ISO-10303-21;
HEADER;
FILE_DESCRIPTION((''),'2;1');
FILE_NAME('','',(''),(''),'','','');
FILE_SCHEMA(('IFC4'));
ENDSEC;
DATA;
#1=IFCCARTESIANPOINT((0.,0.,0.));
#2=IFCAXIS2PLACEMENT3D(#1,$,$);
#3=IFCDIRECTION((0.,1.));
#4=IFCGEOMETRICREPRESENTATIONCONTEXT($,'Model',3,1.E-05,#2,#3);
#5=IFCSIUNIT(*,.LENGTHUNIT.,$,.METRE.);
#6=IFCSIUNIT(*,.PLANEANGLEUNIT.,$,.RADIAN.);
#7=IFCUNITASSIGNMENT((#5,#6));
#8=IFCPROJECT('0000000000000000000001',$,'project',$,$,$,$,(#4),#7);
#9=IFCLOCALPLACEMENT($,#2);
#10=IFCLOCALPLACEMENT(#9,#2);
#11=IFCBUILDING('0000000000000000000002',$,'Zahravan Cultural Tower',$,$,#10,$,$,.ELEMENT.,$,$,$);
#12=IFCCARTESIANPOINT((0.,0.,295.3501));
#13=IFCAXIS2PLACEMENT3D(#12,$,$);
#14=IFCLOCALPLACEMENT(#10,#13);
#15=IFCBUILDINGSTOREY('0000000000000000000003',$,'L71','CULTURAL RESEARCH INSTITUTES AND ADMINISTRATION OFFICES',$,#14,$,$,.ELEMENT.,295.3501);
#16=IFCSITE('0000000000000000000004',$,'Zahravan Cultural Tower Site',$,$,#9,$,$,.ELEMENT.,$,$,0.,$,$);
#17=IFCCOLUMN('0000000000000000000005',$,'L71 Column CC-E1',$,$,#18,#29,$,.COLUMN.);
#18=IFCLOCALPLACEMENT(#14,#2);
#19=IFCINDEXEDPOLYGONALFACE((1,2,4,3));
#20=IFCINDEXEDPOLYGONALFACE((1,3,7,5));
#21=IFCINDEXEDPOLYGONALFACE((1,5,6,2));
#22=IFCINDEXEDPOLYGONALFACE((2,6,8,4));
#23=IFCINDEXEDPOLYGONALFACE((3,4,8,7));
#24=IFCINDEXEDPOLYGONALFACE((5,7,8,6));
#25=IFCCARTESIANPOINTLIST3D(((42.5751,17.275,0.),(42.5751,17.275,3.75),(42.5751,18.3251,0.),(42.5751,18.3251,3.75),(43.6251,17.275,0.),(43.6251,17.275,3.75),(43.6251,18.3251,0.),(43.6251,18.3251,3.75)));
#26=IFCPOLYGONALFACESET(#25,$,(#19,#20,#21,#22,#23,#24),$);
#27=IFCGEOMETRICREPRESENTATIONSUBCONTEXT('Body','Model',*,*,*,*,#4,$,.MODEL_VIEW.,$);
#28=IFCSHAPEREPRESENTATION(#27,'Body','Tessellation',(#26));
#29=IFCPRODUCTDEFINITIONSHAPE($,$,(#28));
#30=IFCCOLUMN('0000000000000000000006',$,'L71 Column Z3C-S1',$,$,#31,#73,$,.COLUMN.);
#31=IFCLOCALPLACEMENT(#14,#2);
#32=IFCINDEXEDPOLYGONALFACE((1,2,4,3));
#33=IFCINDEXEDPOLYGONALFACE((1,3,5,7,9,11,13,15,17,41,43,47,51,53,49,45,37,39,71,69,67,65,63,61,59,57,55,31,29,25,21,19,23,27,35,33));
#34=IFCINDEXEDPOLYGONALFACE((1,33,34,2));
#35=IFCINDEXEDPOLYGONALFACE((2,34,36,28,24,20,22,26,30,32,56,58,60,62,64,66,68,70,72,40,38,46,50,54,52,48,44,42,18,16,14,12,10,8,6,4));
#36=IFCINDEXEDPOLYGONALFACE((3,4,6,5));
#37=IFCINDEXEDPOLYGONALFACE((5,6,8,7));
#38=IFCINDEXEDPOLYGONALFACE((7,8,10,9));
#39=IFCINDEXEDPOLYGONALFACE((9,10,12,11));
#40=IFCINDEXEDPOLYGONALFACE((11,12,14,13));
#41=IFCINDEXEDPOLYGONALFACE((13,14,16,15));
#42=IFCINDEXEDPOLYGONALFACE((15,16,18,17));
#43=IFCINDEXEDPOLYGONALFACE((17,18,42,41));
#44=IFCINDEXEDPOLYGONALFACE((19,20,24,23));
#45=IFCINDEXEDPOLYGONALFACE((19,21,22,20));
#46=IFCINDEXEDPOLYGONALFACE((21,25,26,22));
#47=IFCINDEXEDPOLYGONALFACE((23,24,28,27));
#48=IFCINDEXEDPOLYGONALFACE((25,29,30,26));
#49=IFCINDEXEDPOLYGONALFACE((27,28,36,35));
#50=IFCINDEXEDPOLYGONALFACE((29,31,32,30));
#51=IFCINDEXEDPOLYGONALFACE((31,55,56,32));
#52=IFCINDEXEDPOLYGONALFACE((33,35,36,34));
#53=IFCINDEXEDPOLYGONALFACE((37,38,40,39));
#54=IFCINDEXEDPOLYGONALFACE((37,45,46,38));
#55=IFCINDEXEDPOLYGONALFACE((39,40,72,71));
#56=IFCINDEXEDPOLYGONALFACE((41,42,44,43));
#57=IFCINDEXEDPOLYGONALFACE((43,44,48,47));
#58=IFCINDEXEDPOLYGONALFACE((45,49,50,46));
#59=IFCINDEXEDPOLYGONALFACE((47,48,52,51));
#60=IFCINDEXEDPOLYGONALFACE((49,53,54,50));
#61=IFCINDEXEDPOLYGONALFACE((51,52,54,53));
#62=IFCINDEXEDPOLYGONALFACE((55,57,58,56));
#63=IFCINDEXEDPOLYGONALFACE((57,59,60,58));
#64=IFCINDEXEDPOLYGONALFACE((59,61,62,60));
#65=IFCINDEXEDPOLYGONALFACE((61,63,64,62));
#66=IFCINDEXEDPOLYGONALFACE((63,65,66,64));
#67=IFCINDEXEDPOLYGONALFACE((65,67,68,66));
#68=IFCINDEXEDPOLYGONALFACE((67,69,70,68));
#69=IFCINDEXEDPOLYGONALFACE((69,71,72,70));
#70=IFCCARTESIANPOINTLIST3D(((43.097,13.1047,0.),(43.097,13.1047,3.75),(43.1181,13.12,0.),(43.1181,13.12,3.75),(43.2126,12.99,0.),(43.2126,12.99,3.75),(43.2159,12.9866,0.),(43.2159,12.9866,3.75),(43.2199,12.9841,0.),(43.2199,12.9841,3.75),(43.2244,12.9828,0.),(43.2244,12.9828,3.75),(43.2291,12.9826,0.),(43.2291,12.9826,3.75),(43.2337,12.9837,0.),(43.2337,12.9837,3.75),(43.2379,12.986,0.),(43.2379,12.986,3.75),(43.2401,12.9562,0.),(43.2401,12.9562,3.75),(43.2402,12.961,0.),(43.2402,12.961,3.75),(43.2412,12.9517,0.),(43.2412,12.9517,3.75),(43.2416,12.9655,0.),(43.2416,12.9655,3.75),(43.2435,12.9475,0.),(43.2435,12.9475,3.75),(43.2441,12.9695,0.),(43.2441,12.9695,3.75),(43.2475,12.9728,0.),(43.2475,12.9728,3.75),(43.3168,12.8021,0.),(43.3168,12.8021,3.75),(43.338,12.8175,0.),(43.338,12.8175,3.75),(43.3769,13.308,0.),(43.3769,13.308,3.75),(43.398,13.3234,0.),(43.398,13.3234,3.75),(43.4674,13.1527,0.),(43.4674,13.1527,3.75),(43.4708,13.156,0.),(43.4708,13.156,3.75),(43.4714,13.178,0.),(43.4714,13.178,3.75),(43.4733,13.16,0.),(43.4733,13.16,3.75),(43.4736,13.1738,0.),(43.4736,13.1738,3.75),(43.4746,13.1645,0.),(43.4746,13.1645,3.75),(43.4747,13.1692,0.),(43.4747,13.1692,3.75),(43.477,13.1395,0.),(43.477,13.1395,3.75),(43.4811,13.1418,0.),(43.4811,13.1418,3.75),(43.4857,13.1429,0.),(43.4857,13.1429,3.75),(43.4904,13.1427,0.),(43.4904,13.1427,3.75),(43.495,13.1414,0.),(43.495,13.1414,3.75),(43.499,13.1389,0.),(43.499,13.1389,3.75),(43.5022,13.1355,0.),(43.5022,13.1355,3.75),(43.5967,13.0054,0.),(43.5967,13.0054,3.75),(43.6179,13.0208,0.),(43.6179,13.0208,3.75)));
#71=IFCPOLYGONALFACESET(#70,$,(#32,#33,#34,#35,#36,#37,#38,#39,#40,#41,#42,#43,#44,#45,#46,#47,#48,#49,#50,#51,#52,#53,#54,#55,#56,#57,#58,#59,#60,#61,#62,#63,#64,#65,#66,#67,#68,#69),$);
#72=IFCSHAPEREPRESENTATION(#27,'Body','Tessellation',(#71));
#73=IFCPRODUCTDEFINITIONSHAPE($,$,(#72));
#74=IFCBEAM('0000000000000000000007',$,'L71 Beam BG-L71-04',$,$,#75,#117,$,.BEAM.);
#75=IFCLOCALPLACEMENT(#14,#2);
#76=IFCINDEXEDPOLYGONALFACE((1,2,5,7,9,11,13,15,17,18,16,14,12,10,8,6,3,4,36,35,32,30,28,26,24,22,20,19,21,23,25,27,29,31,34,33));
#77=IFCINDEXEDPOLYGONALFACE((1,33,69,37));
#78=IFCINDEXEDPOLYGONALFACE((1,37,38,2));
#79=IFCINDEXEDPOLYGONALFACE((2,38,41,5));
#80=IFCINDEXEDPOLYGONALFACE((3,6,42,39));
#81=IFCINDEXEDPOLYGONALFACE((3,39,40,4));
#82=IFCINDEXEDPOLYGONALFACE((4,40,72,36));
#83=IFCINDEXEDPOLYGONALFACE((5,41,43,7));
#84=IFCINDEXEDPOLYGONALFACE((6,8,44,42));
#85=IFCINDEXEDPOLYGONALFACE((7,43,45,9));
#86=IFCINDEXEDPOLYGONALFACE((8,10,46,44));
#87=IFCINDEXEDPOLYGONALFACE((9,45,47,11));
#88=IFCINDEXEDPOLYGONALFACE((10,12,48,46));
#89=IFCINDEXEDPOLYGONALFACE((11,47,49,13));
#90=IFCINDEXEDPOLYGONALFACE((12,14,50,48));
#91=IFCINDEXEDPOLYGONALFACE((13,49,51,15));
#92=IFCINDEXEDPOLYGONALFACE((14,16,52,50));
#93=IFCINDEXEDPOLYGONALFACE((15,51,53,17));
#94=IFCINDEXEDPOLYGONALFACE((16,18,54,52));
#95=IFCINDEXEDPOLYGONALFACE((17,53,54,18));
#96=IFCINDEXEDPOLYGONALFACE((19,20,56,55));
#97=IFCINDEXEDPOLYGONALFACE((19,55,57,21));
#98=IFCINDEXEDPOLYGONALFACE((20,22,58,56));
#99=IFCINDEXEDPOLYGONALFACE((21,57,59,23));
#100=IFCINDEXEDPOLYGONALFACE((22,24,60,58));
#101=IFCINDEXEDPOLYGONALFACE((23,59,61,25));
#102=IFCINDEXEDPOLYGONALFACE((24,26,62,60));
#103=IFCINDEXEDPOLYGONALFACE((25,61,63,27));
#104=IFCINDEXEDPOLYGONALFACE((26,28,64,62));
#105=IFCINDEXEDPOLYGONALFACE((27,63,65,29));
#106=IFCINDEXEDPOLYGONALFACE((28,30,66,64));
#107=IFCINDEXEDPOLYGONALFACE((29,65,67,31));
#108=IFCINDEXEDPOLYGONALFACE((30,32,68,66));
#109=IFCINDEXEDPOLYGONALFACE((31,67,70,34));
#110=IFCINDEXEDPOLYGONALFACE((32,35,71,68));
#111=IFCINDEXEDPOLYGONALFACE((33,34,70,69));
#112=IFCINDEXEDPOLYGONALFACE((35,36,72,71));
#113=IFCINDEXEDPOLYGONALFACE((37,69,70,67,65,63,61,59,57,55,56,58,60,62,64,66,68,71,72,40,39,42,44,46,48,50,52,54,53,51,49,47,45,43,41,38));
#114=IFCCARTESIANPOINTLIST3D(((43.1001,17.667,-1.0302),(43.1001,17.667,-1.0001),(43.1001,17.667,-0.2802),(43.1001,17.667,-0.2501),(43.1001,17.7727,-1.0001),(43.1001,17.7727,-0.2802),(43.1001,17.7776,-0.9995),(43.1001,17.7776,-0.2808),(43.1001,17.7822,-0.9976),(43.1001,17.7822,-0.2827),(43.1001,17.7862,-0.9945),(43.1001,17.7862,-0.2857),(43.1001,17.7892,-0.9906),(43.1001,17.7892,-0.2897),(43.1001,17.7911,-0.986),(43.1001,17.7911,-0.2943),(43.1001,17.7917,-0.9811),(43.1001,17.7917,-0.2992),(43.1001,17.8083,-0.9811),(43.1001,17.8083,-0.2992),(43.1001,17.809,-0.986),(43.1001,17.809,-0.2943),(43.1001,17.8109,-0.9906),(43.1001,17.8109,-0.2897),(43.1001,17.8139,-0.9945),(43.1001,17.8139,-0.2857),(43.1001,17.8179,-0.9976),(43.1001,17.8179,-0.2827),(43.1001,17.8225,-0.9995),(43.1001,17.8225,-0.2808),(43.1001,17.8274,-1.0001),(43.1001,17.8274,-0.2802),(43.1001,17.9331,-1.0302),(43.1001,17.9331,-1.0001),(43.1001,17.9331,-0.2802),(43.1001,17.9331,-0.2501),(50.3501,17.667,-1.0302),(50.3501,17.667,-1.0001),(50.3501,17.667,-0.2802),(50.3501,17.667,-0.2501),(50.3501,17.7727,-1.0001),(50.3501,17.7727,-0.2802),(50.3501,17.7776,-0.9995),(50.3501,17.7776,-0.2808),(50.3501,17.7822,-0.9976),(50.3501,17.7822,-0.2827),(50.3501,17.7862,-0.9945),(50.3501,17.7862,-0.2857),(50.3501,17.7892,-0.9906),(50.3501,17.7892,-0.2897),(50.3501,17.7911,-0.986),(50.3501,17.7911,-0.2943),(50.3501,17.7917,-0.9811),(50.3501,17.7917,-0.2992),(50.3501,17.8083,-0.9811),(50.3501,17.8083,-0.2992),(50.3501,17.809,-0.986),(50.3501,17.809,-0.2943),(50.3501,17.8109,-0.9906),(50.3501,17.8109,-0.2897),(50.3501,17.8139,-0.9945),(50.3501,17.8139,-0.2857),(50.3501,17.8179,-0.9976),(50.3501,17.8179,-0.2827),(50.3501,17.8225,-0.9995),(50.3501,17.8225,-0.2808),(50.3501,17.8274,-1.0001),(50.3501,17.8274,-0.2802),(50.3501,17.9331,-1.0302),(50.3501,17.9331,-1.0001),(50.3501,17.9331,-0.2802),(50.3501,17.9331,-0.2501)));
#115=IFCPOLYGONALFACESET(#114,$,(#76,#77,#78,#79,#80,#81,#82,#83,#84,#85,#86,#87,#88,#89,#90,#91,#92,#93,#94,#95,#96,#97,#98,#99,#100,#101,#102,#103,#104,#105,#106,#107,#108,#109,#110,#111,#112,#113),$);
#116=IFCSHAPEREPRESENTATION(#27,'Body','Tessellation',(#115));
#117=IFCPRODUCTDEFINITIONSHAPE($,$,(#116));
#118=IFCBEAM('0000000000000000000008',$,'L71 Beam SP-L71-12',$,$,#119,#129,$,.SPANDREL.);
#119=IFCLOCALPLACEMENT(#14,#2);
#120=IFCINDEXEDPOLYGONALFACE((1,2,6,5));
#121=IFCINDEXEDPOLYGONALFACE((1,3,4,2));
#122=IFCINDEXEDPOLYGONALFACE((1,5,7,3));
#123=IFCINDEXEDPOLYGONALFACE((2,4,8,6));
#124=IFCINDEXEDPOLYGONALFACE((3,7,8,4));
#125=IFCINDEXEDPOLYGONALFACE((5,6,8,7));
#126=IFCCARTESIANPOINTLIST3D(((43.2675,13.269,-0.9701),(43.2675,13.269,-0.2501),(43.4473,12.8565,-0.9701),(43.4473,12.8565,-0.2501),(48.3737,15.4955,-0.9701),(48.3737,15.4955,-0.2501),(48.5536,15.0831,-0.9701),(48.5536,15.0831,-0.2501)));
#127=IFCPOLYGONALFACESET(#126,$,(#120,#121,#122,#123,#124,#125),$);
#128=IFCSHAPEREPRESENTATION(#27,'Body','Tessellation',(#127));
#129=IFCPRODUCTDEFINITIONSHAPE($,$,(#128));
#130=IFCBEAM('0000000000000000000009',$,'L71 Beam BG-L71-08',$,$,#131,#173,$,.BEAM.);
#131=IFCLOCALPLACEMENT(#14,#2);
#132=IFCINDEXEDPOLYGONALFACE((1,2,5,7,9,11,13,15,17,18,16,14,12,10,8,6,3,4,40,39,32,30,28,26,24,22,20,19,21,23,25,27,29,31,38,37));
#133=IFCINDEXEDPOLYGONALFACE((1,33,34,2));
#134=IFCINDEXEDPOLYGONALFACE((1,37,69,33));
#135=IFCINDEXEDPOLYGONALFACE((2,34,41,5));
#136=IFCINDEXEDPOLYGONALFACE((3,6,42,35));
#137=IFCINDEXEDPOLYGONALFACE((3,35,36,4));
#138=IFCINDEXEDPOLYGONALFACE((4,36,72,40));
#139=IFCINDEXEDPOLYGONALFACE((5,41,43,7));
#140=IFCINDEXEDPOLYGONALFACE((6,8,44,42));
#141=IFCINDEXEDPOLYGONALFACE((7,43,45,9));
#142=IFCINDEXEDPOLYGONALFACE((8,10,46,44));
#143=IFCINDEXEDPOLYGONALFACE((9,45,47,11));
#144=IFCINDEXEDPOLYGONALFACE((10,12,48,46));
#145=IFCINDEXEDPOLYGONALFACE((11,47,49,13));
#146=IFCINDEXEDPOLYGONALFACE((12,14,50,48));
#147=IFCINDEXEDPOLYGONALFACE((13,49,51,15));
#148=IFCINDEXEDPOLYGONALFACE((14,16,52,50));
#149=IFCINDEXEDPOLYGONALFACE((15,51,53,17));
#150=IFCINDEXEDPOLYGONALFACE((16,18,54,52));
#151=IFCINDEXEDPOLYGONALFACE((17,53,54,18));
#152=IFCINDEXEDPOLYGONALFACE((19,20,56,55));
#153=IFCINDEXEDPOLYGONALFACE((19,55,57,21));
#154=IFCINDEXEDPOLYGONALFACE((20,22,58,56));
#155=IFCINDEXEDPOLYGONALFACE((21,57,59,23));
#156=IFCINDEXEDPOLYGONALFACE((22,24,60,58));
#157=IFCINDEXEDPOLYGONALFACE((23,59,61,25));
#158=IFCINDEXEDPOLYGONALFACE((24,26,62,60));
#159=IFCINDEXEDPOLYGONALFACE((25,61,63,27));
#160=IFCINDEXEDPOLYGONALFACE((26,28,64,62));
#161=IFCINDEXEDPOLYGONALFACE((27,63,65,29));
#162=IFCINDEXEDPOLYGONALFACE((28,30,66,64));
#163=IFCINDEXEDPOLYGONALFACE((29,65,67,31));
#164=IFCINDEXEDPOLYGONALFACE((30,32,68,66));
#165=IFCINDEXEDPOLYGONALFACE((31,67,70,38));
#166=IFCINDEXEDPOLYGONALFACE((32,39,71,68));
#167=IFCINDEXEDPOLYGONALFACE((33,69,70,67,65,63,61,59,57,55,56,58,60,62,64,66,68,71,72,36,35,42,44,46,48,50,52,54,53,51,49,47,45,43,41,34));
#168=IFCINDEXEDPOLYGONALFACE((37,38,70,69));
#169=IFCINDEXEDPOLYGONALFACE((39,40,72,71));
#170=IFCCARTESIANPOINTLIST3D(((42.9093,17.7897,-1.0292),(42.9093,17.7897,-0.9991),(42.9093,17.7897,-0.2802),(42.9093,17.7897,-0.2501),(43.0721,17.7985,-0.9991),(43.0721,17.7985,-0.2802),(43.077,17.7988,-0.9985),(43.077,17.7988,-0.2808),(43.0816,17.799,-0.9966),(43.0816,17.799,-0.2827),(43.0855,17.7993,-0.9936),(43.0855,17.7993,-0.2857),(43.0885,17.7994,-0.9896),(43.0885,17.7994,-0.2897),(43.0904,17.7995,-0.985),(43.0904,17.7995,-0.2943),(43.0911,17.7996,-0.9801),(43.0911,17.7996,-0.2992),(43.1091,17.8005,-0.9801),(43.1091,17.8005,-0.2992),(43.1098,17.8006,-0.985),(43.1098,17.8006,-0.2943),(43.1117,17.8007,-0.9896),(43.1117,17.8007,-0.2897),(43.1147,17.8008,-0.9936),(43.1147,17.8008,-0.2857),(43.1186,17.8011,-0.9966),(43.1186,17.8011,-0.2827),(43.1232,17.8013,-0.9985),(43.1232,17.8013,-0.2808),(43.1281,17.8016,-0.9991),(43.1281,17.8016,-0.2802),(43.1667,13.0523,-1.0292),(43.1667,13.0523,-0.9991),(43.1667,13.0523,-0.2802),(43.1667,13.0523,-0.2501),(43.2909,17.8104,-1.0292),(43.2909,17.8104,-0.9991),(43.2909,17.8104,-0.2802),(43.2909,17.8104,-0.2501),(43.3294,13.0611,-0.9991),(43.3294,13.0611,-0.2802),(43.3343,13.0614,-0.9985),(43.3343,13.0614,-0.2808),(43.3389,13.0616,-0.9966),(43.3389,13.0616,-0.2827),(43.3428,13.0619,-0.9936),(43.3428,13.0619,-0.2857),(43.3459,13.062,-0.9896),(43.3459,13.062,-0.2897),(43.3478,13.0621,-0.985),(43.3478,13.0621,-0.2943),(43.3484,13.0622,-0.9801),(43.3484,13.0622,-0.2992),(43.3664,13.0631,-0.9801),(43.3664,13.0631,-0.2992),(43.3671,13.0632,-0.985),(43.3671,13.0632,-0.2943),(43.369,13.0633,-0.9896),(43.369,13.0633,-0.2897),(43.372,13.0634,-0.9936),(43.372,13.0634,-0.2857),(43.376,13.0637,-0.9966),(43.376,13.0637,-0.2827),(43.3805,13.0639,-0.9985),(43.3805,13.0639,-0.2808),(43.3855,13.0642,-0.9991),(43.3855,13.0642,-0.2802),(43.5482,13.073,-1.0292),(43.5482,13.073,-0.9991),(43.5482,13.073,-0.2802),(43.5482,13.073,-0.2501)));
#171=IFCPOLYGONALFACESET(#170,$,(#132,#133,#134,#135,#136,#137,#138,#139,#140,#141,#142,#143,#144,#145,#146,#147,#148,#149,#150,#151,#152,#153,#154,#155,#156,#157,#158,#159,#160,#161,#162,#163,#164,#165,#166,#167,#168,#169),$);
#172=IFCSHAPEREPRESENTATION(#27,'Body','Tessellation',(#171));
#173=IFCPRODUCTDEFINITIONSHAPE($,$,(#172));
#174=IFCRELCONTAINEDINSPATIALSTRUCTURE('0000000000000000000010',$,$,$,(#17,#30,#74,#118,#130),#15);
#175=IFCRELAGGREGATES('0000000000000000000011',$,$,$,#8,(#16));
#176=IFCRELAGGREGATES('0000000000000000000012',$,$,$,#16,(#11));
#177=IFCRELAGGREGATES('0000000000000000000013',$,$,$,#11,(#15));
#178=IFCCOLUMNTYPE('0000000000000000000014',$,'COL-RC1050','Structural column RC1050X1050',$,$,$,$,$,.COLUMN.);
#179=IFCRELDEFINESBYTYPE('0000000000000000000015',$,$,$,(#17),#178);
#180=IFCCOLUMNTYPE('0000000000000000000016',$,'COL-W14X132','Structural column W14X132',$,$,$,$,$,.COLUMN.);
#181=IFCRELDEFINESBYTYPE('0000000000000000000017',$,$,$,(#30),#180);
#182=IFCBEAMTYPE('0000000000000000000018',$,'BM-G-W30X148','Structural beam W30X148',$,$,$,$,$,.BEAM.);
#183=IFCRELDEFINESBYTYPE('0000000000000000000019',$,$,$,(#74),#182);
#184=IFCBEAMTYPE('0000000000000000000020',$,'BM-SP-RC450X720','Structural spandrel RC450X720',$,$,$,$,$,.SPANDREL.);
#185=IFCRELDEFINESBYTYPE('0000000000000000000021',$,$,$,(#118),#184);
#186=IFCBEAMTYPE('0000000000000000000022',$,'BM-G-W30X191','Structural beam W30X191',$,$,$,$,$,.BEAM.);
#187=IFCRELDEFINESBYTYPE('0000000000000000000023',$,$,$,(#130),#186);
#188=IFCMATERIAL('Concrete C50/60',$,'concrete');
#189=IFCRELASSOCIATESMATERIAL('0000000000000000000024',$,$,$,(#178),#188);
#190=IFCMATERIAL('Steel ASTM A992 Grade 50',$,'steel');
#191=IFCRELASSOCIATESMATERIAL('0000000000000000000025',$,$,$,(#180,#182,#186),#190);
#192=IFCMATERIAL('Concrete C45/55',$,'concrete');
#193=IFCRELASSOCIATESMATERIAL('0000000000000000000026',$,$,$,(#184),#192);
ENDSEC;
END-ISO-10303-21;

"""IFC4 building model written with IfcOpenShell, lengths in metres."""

from ifc_helpers import new_model, si_unit, direction, frame, origin, origin_2d, place, context, subcontext, project, spatial, rectangle, i_section, extrude, source, transform, mapped, material, material_profile, profile_set, type_object, element, save


model = new_model("IFC4")

# Units and contexts
model_context = context("Model", 3, precision=1e-05, world=origin(), true_north=direction((0.0, 1.0)))
body_context = subcontext(model_context, "Body", "Model", "MODEL_VIEW")
ifc_project = project(units=[si_unit("LENGTHUNIT", "METRE"), si_unit("PLANEANGLEUNIT", "RADIAN")], contexts=[model_context])

# Site, building, storey
site_placement = place(None, origin())
site = spatial("IfcSite", under=ifc_project, at=site_placement, Name="Zahravan Cultural Tower Site", CompositionType="ELEMENT", RefElevation=0.0)
building_placement = place(site_placement, origin())
building = spatial("IfcBuilding", under=site, at=building_placement, Name="Zahravan Cultural Tower", CompositionType="ELEMENT")
storey_placement = place(building_placement, frame((0.0, 0.0, 295.3501)))
storey = spatial("IfcBuildingStorey", under=building, at=storey_placement, Name="L71", Description="CULTURAL RESEARCH INSTITUTES AND ADMINISTRATION OFFICES", CompositionType="ELEMENT", Elevation=295.3501)

# Columns
ifc_material_1 = material(Name="Concrete C50/60", Category="concrete")
ifc_material_profile_1 = material_profile(ifc_material_1, rectangle(XDim=1.05, YDim=1.05, at=origin_2d()), Name="RC1050X1050")
ifc_profile_set_1 = profile_set([ifc_material_profile_1], Name="Concrete C50/60")
column_type_1 = type_object("IfcColumnType", Name="COL-RC1050", Description="Structural column RC1050X1050", PredefinedType="COLUMN", material=ifc_profile_set_1)
shared_shape_1 = source(origin(), body_context, "Body", "SweptSolid", [
    extrude(rectangle(XDim=1.05, YDim=1.05, at=origin_2d()), origin(), (0.0, 0.0, 1.0), 3.75),
])
column_1_placement = place(storey_placement, frame((43.1001, 17.8, 0.0), z_axis=(0.0, 0.0, 1.0), x_axis=(1.0, 0.0, 0.0)))
element("IfcColumn", 1, at=column_1_placement, inside=storey, type_object=column_type_1, Name="L71 Column CC-E1", PredefinedType="COLUMN", context=body_context, shape_type="MappedRepresentation", body=[
    mapped(shared_shape_1, transform((0.0, 0.0, 0.0), x_axis=(1.0, 0.0, 0.0), y_axis=(0.0, 1.0, 0.0), z_axis=(0.0, 0.0, 1.0), scale=1.0)),
])
ifc_material_2 = material(Name="Steel ASTM A992 Grade 50", Category="steel")
ifc_material_profile_2 = material_profile(ifc_material_2, i_section(OverallWidth=0.374, OverallDepth=0.3721, WebThickness=0.0164, FlangeThickness=0.0261, FilletRadius=0.0181, at=origin_2d()), Name="W14X132")
ifc_profile_set_2 = profile_set([ifc_material_profile_2], Name="Steel ASTM A992 Grade 50")
column_type_2 = type_object("IfcColumnType", Name="COL-W14X132", Description="Structural column W14X132", PredefinedType="COLUMN", material=ifc_profile_set_2)
shared_shape_2 = source(origin(), body_context, "Body", "SweptSolid", [
    extrude(i_section(OverallWidth=0.374, OverallDepth=0.3721, WebThickness=0.0164, FlangeThickness=0.0261, FilletRadius=0.0181, at=origin_2d()), origin(), (0.0, 0.0, 1.0), 3.75),
])
column_2_placement = place(storey_placement, frame((43.3574, 13.0627, 0.0), z_axis=(0.0, 0.0, 1.0), x_axis=(-0.587785, 0.809017, 0.0)))
element("IfcColumn", 2, at=column_2_placement, inside=storey, type_object=column_type_2, Name="L71 Column Z3C-S1", PredefinedType="COLUMN", context=body_context, shape_type="MappedRepresentation", body=[
    mapped(shared_shape_2, transform((0.0, 0.0, 0.0), x_axis=(1.0, 0.0, 0.0), y_axis=(0.0, 1.0, 0.0), z_axis=(0.0, 0.0, 1.0), scale=1.0)),
])

# Beams
ifc_material_profile_3 = material_profile(ifc_material_2, i_section(OverallWidth=0.2661, OverallDepth=0.78, WebThickness=0.0166, FlangeThickness=0.03, FilletRadius=0.019, at=origin_2d()), Name="W30X148")
ifc_profile_set_3 = profile_set([ifc_material_profile_3], Name="Steel ASTM A992 Grade 50")
beam_type_1 = type_object("IfcBeamType", Name="BM-G-W30X148", Description="Structural beam W30X148", PredefinedType="BEAM", material=ifc_profile_set_3)
shared_shape_3 = source(origin(), body_context, "Body", "SweptSolid", [
    extrude(i_section(OverallWidth=0.2661, OverallDepth=0.78, WebThickness=0.0166, FlangeThickness=0.03, FilletRadius=0.019, at=origin_2d()), origin(), (0.0, 0.0, 1.0), 7.25),
])
beam_1_placement = place(storey_placement, frame((43.1001, 17.8, -0.6401), z_axis=(1.0, 0.0, 0.0), x_axis=(0.0, 1.0, 0.0)))
element("IfcBeam", 3, at=beam_1_placement, inside=storey, type_object=beam_type_1, Name="L71 Beam BG-L71-04", PredefinedType="BEAM", context=body_context, shape_type="MappedRepresentation", body=[
    mapped(shared_shape_3, transform((0.0, 0.0, 0.0), x_axis=(1.0, 0.0, 0.0), y_axis=(0.0, 1.0, 0.0), z_axis=(0.0, 0.0, 1.0), scale=1.0)),
])
ifc_material_3 = material(Name="Concrete C45/55", Category="concrete")
ifc_material_profile_4 = material_profile(ifc_material_3, rectangle(XDim=0.45, YDim=0.72, at=origin_2d()), Name="RC450X720")
ifc_profile_set_4 = profile_set([ifc_material_profile_4], Name="Concrete C45/55")
beam_type_2 = type_object("IfcBeamType", Name="BM-SP-RC450X720", Description="Structural spandrel RC450X720", PredefinedType="SPANDREL", material=ifc_profile_set_4)
shared_shape_4 = source(origin(), body_context, "Body", "SweptSolid", [
    extrude(rectangle(XDim=0.45, YDim=0.72, at=origin_2d()), origin(), (0.0, 0.0, 1.0), 5.5706),
])
beam_2_placement = place(storey_placement, frame((43.3574, 13.0627, -0.6101), z_axis=(0.916645, 0.399703, 0.0), x_axis=(-0.399703, 0.916645, 0.0)))
element("IfcBeam", 4, at=beam_2_placement, inside=storey, type_object=beam_type_2, Name="L71 Beam SP-L71-12", PredefinedType="SPANDREL", context=body_context, shape_type="MappedRepresentation", body=[
    mapped(shared_shape_4, transform((0.0, 0.0, 0.0), x_axis=(1.0, 0.0, 0.0), y_axis=(0.0, 1.0, 0.0), z_axis=(0.0, 0.0, 1.0), scale=1.0)),
])
ifc_material_profile_5 = material_profile(ifc_material_2, i_section(OverallWidth=0.3821, OverallDepth=0.7791, WebThickness=0.0181, FlangeThickness=0.03, FilletRadius=0.019, at=origin_2d()), Name="W30X191")
ifc_profile_set_5 = profile_set([ifc_material_profile_5], Name="Steel ASTM A992 Grade 50")
beam_type_3 = type_object("IfcBeamType", Name="BM-G-W30X191", Description="Structural beam W30X191", PredefinedType="BEAM", material=ifc_profile_set_5)
shared_shape_5 = source(origin(), body_context, "Body", "SweptSolid", [
    extrude(i_section(OverallWidth=0.3821, OverallDepth=0.7791, WebThickness=0.0181, FlangeThickness=0.03, FilletRadius=0.019, at=origin_2d()), origin(), (0.0, 0.0, 1.0), 4.7444),
])
beam_3_placement = place(storey_placement, frame((43.1001, 17.8, -0.6396), z_axis=(0.054239, -0.998528, 0.0), x_axis=(0.998528, 0.054239, 0.0)))
element("IfcBeam", 5, at=beam_3_placement, inside=storey, type_object=beam_type_3, Name="L71 Beam BG-L71-08", PredefinedType="BEAM", context=body_context, shape_type="MappedRepresentation", body=[
    mapped(shared_shape_5, transform((0.0, 0.0, 0.0), x_axis=(1.0, 0.0, 0.0), y_axis=(0.0, 1.0, 0.0), z_axis=(0.0, 0.0, 1.0), scale=1.0)),
])

save(model, "model.ifc")
